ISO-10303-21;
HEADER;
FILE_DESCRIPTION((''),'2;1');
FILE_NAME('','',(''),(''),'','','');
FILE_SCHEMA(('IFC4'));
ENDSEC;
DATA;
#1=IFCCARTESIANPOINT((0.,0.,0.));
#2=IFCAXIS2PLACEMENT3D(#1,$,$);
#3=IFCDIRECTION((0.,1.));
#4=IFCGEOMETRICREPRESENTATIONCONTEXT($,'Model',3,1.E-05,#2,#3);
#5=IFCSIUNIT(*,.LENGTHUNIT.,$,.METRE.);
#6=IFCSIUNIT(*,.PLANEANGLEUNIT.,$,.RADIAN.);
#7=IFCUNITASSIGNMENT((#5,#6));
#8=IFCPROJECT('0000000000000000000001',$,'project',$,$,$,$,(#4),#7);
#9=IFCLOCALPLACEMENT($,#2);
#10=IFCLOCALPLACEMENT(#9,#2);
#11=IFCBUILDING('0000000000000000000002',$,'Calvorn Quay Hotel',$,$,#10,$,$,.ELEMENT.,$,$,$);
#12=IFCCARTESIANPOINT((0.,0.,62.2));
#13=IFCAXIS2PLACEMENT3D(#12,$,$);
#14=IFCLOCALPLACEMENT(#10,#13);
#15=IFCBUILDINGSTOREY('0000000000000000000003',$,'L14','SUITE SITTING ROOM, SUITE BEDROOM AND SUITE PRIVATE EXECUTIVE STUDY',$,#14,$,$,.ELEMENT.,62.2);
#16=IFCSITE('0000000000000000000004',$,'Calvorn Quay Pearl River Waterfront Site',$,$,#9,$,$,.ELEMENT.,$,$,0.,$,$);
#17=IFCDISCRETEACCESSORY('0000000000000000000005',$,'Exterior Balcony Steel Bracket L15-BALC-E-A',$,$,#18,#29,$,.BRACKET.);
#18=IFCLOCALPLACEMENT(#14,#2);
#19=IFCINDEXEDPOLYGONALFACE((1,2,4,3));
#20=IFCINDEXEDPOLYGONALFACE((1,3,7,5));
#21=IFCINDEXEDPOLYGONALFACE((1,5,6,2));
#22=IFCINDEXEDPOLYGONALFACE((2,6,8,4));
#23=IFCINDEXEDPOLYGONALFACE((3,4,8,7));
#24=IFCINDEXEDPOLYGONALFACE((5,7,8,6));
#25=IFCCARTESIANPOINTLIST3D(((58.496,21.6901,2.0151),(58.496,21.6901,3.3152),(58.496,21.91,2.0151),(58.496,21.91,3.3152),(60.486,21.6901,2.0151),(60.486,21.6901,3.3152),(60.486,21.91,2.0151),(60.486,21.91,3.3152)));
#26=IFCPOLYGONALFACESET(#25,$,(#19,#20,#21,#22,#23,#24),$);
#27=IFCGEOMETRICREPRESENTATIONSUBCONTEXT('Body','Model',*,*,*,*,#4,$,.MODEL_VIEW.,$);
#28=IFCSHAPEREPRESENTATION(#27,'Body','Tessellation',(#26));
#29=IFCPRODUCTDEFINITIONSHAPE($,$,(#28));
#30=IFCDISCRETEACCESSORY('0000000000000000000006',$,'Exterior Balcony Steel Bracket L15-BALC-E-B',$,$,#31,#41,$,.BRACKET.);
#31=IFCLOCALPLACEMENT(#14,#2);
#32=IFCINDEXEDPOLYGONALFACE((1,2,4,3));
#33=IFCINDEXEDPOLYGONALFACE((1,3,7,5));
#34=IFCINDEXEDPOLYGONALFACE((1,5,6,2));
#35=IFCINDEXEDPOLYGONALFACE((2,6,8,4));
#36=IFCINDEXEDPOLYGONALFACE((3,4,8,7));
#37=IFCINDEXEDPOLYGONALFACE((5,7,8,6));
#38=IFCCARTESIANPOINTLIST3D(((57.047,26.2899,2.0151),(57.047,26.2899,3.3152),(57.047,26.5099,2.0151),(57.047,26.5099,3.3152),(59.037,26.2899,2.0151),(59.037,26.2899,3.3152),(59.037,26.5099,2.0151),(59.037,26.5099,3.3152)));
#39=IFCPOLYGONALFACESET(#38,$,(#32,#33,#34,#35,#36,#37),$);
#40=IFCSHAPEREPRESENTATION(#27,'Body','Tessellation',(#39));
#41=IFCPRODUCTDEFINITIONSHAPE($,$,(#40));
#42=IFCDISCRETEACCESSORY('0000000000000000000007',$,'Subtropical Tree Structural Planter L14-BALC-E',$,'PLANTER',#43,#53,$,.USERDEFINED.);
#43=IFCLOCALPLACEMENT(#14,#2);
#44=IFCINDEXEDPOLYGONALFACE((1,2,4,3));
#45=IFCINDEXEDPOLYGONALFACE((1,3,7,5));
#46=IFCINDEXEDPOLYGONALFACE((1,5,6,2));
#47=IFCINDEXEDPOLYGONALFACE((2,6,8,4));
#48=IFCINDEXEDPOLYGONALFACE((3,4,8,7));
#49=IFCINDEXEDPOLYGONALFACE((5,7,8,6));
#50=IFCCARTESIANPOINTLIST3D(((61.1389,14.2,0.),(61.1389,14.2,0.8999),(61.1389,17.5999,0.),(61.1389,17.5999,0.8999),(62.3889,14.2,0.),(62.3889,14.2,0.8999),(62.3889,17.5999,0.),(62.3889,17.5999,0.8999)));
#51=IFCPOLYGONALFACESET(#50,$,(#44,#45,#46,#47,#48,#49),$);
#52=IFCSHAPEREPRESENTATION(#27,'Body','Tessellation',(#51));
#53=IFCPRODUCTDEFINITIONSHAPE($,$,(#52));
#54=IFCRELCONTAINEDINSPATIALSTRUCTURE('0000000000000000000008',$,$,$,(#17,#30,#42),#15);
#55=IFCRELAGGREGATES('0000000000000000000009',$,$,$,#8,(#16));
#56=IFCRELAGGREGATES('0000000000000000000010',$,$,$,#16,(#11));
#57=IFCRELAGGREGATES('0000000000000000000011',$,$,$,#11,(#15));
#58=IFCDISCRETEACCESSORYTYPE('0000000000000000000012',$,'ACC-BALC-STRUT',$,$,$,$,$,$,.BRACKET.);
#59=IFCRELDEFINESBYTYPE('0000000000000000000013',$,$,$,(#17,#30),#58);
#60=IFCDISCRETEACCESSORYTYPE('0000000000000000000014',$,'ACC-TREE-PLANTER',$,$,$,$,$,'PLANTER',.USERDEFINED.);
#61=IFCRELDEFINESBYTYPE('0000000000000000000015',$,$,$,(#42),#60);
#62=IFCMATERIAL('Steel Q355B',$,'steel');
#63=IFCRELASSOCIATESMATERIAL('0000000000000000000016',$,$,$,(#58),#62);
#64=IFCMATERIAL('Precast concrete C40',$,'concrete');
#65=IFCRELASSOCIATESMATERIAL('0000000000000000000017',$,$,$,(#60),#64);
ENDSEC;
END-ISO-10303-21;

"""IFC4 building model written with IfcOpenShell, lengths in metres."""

from ifc_helpers import new_model, si_unit, direction, frame, origin, origin_2d, place, context, subcontext, project, spatial, rectangle, extrude, material, type_object, element, save


model = new_model("IFC4")

# Units and contexts
model_context = context("Model", 3, precision=1e-05, world=origin(), true_north=direction((0.0, 1.0)))
body_context = subcontext(model_context, "Body", "Model", "MODEL_VIEW")
ifc_project = project(units=[si_unit("LENGTHUNIT", "METRE"), si_unit("PLANEANGLEUNIT", "RADIAN")], contexts=[model_context])

# Site, building, storey
site_placement = place(None, origin())
site = spatial("IfcSite", under=ifc_project, at=site_placement, Name="Calvorn Quay Pearl River Waterfront Site", CompositionType="ELEMENT", RefElevation=0.0)
building_placement = place(site_placement, origin())
building = spatial("IfcBuilding", under=site, at=building_placement, Name="Calvorn Quay Hotel", CompositionType="ELEMENT")
storey_placement = place(building_placement, frame((0.0, 0.0, 62.2)))
storey = spatial("IfcBuildingStorey", under=building, at=storey_placement, Name="L14", Description="SUITE SITTING ROOM, SUITE BEDROOM AND SUITE PRIVATE EXECUTIVE STUDY", CompositionType="ELEMENT", Elevation=62.2)

# Discrete accessories
ifc_material_1 = material(Name="Steel Q355B", Category="steel")
discrete_accessory_type_1 = type_object("IfcDiscreteAccessoryType", Name="ACC-BALC-STRUT", PredefinedType="BRACKET", material=ifc_material_1)
for number, where, z_axis, x_axis, name in (
    (1, (59.491, 21.8, 2.0151), (0.0, 0.0, 1.0), (1.0, 0.0, 0.0), "Exterior Balcony Steel Bracket L15-BALC-E-A"),
    (2, (58.042, 26.3999, 2.0151), (0.0, 0.0, 1.0), (1.0, 0.0, 0.0), "Exterior Balcony Steel Bracket L15-BALC-E-B"),
):
    element("IfcDiscreteAccessory", number, at=place(storey_placement, frame(where, z_axis=z_axis, x_axis=x_axis)), inside=storey, type_object=discrete_accessory_type_1, Name=name, PredefinedType="BRACKET", context=body_context, shape_type="SweptSolid", body=[
        extrude(rectangle(XDim=1.99, YDim=0.22, at=origin_2d()), origin(), (0.0, 0.0, 1.0), 1.3),
    ])
ifc_material_2 = material(Name="Precast concrete C40", Category="concrete")
discrete_accessory_type_2 = type_object("IfcDiscreteAccessoryType", Name="ACC-TREE-PLANTER", ElementType="PLANTER", PredefinedType="USERDEFINED", material=ifc_material_2)
discrete_accessory_placement = place(storey_placement, frame((61.7639, 15.8999, 0.0), z_axis=(0.0, 0.0, 1.0), x_axis=(1.0, 0.0, 0.0)))
element("IfcDiscreteAccessory", 3, at=discrete_accessory_placement, inside=storey, type_object=discrete_accessory_type_2, Name="Subtropical Tree Structural Planter L14-BALC-E", ObjectType="PLANTER", PredefinedType="USERDEFINED", context=body_context, shape_type="SweptSolid", body=[
    extrude(rectangle(XDim=1.25, YDim=3.3999, at=origin_2d()), origin(), (0.0, 0.0, 1.0), 0.8999),
])

save(model, "model.ifc")
